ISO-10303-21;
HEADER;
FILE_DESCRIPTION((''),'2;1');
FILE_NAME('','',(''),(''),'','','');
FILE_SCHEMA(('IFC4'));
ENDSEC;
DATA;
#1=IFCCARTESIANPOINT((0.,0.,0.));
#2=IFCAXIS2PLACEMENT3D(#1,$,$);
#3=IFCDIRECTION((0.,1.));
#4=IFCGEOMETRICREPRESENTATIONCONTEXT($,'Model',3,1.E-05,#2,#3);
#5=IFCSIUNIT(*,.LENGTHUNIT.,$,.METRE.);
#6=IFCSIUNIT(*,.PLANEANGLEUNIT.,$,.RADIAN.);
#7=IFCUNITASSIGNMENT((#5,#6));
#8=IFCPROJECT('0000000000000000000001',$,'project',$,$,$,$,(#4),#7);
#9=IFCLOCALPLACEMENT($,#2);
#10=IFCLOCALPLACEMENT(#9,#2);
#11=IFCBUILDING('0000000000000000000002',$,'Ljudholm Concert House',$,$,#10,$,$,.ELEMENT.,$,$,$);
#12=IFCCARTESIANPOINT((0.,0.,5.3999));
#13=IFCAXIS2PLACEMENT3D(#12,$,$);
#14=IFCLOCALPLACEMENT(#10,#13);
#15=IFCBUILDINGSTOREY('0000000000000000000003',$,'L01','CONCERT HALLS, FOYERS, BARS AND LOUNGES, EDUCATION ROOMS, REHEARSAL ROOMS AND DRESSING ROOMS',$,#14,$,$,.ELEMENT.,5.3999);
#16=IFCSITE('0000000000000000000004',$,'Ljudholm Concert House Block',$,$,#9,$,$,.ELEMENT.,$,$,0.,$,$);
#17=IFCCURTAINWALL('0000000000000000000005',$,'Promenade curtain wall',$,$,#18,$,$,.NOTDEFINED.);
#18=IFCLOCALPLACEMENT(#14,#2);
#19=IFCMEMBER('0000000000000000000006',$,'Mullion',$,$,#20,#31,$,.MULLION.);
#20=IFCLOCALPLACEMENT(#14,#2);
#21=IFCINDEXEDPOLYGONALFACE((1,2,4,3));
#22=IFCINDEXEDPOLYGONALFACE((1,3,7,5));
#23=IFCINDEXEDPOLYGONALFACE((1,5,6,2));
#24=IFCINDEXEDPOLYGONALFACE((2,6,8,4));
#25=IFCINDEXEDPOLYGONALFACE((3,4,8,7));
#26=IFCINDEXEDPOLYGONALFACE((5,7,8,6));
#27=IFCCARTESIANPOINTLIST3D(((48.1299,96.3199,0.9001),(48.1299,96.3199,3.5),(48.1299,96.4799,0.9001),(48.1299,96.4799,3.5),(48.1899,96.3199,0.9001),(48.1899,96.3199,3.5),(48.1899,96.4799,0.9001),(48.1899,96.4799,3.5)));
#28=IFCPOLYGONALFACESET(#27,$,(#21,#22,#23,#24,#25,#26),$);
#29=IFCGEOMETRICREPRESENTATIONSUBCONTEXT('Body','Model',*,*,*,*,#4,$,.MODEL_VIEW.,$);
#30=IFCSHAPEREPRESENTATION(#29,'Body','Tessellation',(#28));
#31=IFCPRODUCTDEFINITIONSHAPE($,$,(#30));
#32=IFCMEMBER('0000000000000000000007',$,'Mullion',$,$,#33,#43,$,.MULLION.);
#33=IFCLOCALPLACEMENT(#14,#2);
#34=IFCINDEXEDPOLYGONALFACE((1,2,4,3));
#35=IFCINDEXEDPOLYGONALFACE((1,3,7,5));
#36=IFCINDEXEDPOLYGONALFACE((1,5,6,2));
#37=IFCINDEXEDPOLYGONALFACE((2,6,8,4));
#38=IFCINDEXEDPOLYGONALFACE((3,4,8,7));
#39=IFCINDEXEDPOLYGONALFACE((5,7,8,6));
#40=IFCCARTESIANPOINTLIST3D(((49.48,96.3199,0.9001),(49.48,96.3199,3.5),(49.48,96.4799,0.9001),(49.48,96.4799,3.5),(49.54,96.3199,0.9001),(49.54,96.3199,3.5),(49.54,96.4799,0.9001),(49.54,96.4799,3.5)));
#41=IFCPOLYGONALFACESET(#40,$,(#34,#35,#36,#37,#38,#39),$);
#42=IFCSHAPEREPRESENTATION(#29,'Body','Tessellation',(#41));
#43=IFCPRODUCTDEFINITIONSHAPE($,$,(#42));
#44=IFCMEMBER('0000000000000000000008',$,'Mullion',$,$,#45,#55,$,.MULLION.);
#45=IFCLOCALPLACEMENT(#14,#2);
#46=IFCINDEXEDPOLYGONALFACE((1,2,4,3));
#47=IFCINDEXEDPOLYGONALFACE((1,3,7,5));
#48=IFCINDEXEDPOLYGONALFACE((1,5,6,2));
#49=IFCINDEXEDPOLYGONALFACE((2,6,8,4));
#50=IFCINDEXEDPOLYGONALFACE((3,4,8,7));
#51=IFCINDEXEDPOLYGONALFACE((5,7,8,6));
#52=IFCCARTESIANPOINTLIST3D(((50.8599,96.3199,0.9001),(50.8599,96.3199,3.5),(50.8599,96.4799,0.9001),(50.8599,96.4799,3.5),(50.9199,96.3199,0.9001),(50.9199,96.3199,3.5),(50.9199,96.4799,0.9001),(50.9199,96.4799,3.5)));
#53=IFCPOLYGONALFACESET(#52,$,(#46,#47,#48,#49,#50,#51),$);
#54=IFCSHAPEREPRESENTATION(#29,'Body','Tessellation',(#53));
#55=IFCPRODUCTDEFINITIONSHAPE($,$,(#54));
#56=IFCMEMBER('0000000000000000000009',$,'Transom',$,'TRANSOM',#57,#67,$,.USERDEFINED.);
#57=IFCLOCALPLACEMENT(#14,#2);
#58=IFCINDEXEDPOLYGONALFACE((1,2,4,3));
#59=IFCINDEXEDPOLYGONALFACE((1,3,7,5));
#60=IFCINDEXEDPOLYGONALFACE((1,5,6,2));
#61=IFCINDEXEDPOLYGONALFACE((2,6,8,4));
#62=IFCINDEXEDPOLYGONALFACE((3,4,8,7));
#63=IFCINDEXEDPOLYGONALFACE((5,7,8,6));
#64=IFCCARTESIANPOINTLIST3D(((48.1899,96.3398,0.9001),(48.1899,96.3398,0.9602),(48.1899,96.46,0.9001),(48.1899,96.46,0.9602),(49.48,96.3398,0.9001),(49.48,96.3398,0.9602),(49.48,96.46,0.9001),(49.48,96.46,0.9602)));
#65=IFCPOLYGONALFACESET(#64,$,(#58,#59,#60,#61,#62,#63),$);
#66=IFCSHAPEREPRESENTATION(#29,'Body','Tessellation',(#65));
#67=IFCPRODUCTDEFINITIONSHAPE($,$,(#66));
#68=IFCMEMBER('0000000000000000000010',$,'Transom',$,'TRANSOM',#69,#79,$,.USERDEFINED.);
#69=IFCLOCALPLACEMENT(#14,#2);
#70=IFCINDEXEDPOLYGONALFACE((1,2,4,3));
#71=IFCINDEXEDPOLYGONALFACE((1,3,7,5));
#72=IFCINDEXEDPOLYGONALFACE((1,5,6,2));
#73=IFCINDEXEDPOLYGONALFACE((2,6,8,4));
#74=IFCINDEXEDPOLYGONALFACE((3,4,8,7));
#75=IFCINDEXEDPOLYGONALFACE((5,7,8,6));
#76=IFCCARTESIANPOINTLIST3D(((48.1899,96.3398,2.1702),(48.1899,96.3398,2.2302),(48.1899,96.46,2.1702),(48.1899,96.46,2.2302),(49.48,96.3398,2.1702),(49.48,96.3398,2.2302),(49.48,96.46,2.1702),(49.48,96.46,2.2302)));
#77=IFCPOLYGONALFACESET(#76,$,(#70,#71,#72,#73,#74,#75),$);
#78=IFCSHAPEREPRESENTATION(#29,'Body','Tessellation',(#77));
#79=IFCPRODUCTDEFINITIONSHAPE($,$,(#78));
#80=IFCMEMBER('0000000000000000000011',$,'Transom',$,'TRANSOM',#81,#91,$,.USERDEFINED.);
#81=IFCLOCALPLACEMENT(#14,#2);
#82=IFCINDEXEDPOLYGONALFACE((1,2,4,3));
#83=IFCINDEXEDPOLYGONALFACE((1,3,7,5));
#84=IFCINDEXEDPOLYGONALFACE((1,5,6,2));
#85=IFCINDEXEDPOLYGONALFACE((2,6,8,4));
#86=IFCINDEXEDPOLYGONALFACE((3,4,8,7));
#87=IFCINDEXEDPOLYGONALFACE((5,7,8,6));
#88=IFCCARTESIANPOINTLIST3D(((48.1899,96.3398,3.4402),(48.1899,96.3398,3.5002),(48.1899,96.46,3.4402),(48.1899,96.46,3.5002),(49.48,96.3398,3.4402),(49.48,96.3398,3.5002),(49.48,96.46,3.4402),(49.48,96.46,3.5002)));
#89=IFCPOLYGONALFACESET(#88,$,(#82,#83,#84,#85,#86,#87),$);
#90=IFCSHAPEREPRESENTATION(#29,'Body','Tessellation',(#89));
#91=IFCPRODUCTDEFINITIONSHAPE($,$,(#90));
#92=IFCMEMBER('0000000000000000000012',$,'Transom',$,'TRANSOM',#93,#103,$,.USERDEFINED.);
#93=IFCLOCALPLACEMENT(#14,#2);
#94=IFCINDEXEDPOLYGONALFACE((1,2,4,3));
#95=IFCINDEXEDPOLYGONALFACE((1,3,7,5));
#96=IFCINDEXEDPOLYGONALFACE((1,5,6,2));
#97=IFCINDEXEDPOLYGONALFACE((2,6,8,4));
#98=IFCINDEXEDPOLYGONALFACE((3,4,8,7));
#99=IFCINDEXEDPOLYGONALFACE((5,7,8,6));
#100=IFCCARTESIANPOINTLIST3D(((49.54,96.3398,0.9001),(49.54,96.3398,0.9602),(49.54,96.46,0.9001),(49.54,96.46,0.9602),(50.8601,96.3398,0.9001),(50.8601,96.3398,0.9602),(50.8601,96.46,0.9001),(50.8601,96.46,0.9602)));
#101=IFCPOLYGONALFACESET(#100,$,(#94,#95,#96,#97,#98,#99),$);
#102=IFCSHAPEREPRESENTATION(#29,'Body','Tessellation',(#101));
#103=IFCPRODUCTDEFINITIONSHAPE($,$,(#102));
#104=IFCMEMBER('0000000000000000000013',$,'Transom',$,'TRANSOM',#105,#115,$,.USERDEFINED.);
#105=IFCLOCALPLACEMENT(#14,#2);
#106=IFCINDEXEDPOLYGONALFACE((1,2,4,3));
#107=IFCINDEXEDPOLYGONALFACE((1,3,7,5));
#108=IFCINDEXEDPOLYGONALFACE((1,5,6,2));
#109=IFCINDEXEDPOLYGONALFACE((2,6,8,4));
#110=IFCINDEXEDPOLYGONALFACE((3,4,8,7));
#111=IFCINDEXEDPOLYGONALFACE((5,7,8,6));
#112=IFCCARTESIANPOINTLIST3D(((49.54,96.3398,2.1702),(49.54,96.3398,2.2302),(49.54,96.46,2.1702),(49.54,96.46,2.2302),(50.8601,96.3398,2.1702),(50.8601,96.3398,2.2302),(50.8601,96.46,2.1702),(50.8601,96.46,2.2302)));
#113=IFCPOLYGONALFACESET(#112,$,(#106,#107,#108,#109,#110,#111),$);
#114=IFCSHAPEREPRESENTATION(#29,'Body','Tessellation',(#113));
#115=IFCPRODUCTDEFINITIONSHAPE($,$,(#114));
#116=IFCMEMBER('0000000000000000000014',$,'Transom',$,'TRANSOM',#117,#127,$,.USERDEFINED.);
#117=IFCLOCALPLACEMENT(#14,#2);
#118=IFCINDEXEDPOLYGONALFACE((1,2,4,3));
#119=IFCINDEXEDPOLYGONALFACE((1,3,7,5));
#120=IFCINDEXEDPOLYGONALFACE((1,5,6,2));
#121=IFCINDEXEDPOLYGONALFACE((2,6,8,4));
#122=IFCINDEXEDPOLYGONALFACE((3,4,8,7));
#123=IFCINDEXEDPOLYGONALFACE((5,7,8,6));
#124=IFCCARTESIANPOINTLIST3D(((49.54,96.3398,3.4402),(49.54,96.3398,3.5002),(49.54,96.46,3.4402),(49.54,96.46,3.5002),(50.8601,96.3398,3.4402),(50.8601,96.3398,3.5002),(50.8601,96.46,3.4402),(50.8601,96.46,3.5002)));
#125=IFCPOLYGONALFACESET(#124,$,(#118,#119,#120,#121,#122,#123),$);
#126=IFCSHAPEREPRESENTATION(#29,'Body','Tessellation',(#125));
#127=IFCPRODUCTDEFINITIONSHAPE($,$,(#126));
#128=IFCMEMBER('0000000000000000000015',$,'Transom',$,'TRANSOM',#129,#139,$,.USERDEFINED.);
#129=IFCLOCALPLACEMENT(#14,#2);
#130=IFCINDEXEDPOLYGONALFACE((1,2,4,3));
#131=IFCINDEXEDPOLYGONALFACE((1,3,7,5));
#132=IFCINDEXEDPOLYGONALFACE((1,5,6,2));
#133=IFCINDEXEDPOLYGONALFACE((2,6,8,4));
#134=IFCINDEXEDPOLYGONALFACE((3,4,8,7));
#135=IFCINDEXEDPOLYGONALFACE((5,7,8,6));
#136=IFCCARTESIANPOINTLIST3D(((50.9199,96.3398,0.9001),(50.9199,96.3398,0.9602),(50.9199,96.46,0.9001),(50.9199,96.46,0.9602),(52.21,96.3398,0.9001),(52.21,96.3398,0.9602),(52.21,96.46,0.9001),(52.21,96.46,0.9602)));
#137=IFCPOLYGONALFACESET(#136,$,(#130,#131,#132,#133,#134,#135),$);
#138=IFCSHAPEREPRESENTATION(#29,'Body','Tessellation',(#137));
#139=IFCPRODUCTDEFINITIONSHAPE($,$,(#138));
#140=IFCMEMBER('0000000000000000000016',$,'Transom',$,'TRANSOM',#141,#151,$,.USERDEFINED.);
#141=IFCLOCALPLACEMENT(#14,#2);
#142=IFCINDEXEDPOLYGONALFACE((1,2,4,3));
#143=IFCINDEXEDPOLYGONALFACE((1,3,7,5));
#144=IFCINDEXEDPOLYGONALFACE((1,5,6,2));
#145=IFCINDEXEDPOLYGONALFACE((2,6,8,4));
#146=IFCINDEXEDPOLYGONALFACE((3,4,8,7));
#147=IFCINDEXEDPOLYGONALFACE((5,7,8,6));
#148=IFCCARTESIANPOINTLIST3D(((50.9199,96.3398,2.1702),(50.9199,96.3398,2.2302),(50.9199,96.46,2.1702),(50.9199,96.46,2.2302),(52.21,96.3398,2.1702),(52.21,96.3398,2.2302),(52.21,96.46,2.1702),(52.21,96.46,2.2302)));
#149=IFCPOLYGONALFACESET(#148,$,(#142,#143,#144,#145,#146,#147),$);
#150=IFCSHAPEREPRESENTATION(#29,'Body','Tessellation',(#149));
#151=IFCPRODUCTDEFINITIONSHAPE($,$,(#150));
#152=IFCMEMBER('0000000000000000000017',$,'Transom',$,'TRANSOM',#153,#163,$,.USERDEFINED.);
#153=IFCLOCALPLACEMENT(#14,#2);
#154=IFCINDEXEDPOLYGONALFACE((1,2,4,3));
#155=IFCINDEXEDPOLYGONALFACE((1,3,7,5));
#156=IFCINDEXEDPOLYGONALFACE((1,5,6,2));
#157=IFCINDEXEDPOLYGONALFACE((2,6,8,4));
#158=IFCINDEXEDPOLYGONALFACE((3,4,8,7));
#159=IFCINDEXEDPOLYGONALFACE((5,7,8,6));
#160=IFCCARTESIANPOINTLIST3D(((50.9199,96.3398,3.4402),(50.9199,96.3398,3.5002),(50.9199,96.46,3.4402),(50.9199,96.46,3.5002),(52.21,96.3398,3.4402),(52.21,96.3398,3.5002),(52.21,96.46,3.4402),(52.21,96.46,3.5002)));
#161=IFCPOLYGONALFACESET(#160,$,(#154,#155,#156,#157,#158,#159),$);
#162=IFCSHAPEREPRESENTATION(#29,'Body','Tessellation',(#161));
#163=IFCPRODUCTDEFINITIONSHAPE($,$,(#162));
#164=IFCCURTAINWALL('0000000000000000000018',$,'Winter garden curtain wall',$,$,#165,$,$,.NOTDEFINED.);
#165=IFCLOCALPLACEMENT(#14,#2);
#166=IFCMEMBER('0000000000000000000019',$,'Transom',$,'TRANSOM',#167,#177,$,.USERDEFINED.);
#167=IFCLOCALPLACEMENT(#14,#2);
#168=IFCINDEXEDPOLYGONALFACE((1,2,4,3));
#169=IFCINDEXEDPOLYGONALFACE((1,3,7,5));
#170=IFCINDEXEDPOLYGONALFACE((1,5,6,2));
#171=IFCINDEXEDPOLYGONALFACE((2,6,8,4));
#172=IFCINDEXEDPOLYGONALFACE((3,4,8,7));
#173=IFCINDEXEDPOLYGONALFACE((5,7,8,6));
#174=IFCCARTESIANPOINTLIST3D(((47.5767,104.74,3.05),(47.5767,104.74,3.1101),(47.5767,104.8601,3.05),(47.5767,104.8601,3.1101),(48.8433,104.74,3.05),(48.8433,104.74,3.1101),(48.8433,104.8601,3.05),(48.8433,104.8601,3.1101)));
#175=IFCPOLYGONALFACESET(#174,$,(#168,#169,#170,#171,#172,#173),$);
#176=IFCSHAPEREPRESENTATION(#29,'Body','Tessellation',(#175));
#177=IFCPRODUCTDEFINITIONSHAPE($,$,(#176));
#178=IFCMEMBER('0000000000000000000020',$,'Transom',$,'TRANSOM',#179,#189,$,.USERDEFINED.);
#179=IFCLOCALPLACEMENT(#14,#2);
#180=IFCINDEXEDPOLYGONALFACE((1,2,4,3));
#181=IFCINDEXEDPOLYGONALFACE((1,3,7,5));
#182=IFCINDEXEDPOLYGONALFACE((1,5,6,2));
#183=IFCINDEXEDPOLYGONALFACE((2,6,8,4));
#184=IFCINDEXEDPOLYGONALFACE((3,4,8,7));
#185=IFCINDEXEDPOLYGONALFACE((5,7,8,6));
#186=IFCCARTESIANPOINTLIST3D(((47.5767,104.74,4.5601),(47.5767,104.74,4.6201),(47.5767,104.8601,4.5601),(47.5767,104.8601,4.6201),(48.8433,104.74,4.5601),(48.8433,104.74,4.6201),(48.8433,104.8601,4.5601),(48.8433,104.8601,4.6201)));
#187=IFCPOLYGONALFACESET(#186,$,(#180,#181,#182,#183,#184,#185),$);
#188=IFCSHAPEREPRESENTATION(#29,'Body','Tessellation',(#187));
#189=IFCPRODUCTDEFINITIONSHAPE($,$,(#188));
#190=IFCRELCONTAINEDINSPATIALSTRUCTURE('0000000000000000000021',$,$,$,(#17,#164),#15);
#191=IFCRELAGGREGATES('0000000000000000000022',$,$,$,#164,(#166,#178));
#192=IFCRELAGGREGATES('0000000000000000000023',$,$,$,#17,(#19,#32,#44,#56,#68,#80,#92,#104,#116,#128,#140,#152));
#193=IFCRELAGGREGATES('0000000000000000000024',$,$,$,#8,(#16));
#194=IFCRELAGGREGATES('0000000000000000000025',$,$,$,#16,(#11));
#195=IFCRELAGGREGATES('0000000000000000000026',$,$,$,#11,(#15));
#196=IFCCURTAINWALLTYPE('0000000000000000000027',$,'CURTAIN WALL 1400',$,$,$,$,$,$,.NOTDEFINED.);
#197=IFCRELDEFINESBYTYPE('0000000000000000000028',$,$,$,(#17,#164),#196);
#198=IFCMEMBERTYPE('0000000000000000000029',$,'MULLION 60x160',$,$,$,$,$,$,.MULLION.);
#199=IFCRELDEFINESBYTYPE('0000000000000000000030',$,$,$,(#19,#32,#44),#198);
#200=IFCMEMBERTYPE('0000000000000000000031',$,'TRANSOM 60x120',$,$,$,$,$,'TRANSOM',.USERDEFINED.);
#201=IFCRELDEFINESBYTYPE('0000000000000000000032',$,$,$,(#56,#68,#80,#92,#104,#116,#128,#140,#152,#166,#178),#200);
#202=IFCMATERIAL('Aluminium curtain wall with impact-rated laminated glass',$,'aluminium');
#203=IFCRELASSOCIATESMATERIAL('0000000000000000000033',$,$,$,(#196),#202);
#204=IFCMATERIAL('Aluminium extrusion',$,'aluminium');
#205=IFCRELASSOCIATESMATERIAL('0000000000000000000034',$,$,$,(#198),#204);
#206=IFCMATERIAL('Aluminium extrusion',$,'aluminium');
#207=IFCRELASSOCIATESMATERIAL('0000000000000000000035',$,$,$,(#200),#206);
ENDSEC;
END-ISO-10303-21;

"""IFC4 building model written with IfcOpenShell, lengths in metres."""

from ifc_helpers import new_model, si_unit, direction, frame, origin, origin_2d, place, context, subcontext, project, spatial, rectangle, extrude, material, material_profile, profile_set, type_object, element, aggregate, save


model = new_model("IFC4")

# Units and contexts
model_context = context("Model", 3, precision=1e-05, world=origin(), true_north=direction((0.0, 1.0)))
body_context = subcontext(model_context, "Body", "Model", "MODEL_VIEW")
ifc_project = project(units=[si_unit("LENGTHUNIT", "METRE"), si_unit("PLANEANGLEUNIT", "RADIAN")], contexts=[model_context])

# Site, building, storey
site_placement = place(None, origin())
site = spatial("IfcSite", under=ifc_project, at=site_placement, Name="Ljudholm Concert House Block", CompositionType="ELEMENT", RefElevation=0.0)
building_placement = place(site_placement, origin())
building = spatial("IfcBuilding", under=site, at=building_placement, Name="Ljudholm Concert House", CompositionType="ELEMENT")
storey_placement = place(building_placement, frame((0.0, 0.0, 5.3999)))
storey = spatial("IfcBuildingStorey", under=building, at=storey_placement, Name="L01", Description="CONCERT HALLS, FOYERS, BARS AND LOUNGES, EDUCATION ROOMS, REHEARSAL ROOMS AND DRESSING ROOMS", CompositionType="ELEMENT", Elevation=5.3999)

# Curtain walls, members
ifc_material_1 = material(Name="Aluminium curtain wall with impact-rated laminated glass", Category="aluminium")
curtain_wall_type = type_object("IfcCurtainWallType", Name="CURTAIN WALL 1400", PredefinedType="NOTDEFINED", material=ifc_material_1)
curtain_wall_1_placement = place(storey_placement, origin())
curtain_wall_1 = element("IfcCurtainWall", 1, at=curtain_wall_1_placement, inside=storey, type_object=curtain_wall_type, Name="Promenade curtain wall", PredefinedType="NOTDEFINED")
ifc_material_2 = material(Name="Aluminium extrusion", Category="aluminium")
ifc_material_profile_1 = material_profile(ifc_material_2, rectangle(XDim=0.1599, YDim=0.0601, at=origin_2d()), Name="MULLION 60x160")
ifc_profile_set_1 = profile_set([ifc_material_profile_1], Name="Aluminium extrusion")
member_type_1 = type_object("IfcMemberType", Name="MULLION 60x160", PredefinedType="MULLION", material=ifc_profile_set_1)
member_1_placement = place(storey_placement, frame((48.1599, 96.3999, 0.9001), z_axis=(0.0, 0.0, 1.0), x_axis=(0.0, 1.0, 0.0)))
member_1 = element("IfcMember", 2, at=member_1_placement, type_object=member_type_1, Name="Mullion", PredefinedType="MULLION", context=body_context, shape_type="SweptSolid", body=[
    extrude(rectangle(XDim=0.1599, YDim=0.0601, at=origin_2d()), origin(), (0.0, 0.0, 1.0), 2.5999),
])
member_2_placement = place(storey_placement, frame((49.51, 96.3999, 0.9001), z_axis=(0.0, 0.0, 1.0), x_axis=(0.0, 1.0, 0.0)))
member_2 = element("IfcMember", 3, at=member_2_placement, type_object=member_type_1, Name="Mullion", PredefinedType="MULLION", context=body_context, shape_type="SweptSolid", body=[
    extrude(rectangle(XDim=0.1599, YDim=0.0601, at=origin_2d()), origin(), (0.0, 0.0, 1.0), 2.5999),
])
member_3_placement = place(storey_placement, frame((50.8899, 96.3999, 0.9001), z_axis=(0.0, 0.0, 1.0), x_axis=(0.0, 1.0, 0.0)))
member_3 = element("IfcMember", 4, at=member_3_placement, type_object=member_type_1, Name="Mullion", PredefinedType="MULLION", context=body_context, shape_type="SweptSolid", body=[
    extrude(rectangle(XDim=0.1599, YDim=0.0601, at=origin_2d()), origin(), (0.0, 0.0, 1.0), 2.5999),
])
ifc_material_3 = material(Name="Aluminium extrusion", Category="aluminium")
ifc_material_profile_2 = material_profile(ifc_material_3, rectangle(XDim=0.1201, YDim=0.0601, at=origin_2d()), Name="TRANSOM 60x120")
ifc_profile_set_2 = profile_set([ifc_material_profile_2], Name="Aluminium extrusion")
member_type_2 = type_object("IfcMemberType", Name="TRANSOM 60x120", ElementType="TRANSOM", PredefinedType="USERDEFINED", material=ifc_profile_set_2)
member_4_placement = place(storey_placement, frame((48.1899, 96.3999, 0.9302), z_axis=(1.0, 0.0, 0.0), x_axis=(0.0, 1.0, 0.0)))
member_4 = element("IfcMember", 5, at=member_4_placement, type_object=member_type_2, Name="Transom", ObjectType="TRANSOM", PredefinedType="USERDEFINED", context=body_context, shape_type="SweptSolid", body=[
    extrude(rectangle(XDim=0.1201, YDim=0.0601, at=origin_2d()), origin(), (0.0, 0.0, 1.0), 1.29),
])
member_5_placement = place(storey_placement, frame((48.1899, 96.3999, 2.2002), z_axis=(1.0, 0.0, 0.0), x_axis=(0.0, 1.0, 0.0)))
member_5 = element("IfcMember", 6, at=member_5_placement, type_object=member_type_2, Name="Transom", ObjectType="TRANSOM", PredefinedType="USERDEFINED", context=body_context, shape_type="SweptSolid", body=[
    extrude(rectangle(XDim=0.1201, YDim=0.0601, at=origin_2d()), origin(), (0.0, 0.0, 1.0), 1.29),
])
member_6_placement = place(storey_placement, frame((48.1899, 96.3999, 3.4702), z_axis=(1.0, 0.0, 0.0), x_axis=(0.0, 1.0, 0.0)))
member_6 = element("IfcMember", 7, at=member_6_placement, type_object=member_type_2, Name="Transom", ObjectType="TRANSOM", PredefinedType="USERDEFINED", context=body_context, shape_type="SweptSolid", body=[
    extrude(rectangle(XDim=0.1201, YDim=0.0601, at=origin_2d()), origin(), (0.0, 0.0, 1.0), 1.29),
])
member_7_placement = place(storey_placement, frame((49.54, 96.3999, 0.9302), z_axis=(1.0, 0.0, 0.0), x_axis=(0.0, 1.0, 0.0)))
member_7 = element("IfcMember", 8, at=member_7_placement, type_object=member_type_2, Name="Transom", ObjectType="TRANSOM", PredefinedType="USERDEFINED", context=body_context, shape_type="SweptSolid", body=[
    extrude(rectangle(XDim=0.1201, YDim=0.0601, at=origin_2d()), origin(), (0.0, 0.0, 1.0), 1.3201),
])
member_8_placement = place(storey_placement, frame((49.54, 96.3999, 2.2002), z_axis=(1.0, 0.0, 0.0), x_axis=(0.0, 1.0, 0.0)))
member_8 = element("IfcMember", 9, at=member_8_placement, type_object=member_type_2, Name="Transom", ObjectType="TRANSOM", PredefinedType="USERDEFINED", context=body_context, shape_type="SweptSolid", body=[
    extrude(rectangle(XDim=0.1201, YDim=0.0601, at=origin_2d()), origin(), (0.0, 0.0, 1.0), 1.3201),
])
member_9_placement = place(storey_placement, frame((49.54, 96.3999, 3.4702), z_axis=(1.0, 0.0, 0.0), x_axis=(0.0, 1.0, 0.0)))
member_9 = element("IfcMember", 10, at=member_9_placement, type_object=member_type_2, Name="Transom", ObjectType="TRANSOM", PredefinedType="USERDEFINED", context=body_context, shape_type="SweptSolid", body=[
    extrude(rectangle(XDim=0.1201, YDim=0.0601, at=origin_2d()), origin(), (0.0, 0.0, 1.0), 1.3201),
])
member_10_placement = place(storey_placement, frame((50.9199, 96.3999, 0.9302), z_axis=(1.0, 0.0, 0.0), x_axis=(0.0, 1.0, 0.0)))
member_10 = element("IfcMember", 11, at=member_10_placement, type_object=member_type_2, Name="Transom", ObjectType="TRANSOM", PredefinedType="USERDEFINED", context=body_context, shape_type="SweptSolid", body=[
    extrude(rectangle(XDim=0.1201, YDim=0.0601, at=origin_2d()), origin(), (0.0, 0.0, 1.0), 1.29),
])
member_11_placement = place(storey_placement, frame((50.9199, 96.3999, 2.2002), z_axis=(1.0, 0.0, 0.0), x_axis=(0.0, 1.0, 0.0)))
member_11 = element("IfcMember", 12, at=member_11_placement, type_object=member_type_2, Name="Transom", ObjectType="TRANSOM", PredefinedType="USERDEFINED", context=body_context, shape_type="SweptSolid", body=[
    extrude(rectangle(XDim=0.1201, YDim=0.0601, at=origin_2d()), origin(), (0.0, 0.0, 1.0), 1.29),
])
member_12_placement = place(storey_placement, frame((50.9199, 96.3999, 3.4702), z_axis=(1.0, 0.0, 0.0), x_axis=(0.0, 1.0, 0.0)))
member_12 = element("IfcMember", 13, at=member_12_placement, type_object=member_type_2, Name="Transom", ObjectType="TRANSOM", PredefinedType="USERDEFINED", context=body_context, shape_type="SweptSolid", body=[
    extrude(rectangle(XDim=0.1201, YDim=0.0601, at=origin_2d()), origin(), (0.0, 0.0, 1.0), 1.29),
])
curtain_wall_2_placement = place(storey_placement, origin())
curtain_wall_2 = element("IfcCurtainWall", 14, at=curtain_wall_2_placement, inside=storey, type_object=curtain_wall_type, Name="Winter garden curtain wall", PredefinedType="NOTDEFINED")
member_13_placement = place(storey_placement, frame((47.5767, 104.8, 3.0801), z_axis=(1.0, 0.0, 0.0), x_axis=(0.0, 1.0, 0.0)))
member_13 = element("IfcMember", 15, at=member_13_placement, type_object=member_type_2, Name="Transom", ObjectType="TRANSOM", PredefinedType="USERDEFINED", context=body_context, shape_type="SweptSolid", body=[
    extrude(rectangle(XDim=0.1201, YDim=0.0601, at=origin_2d()), origin(), (0.0, 0.0, 1.0), 1.2666),
])
member_14_placement = place(storey_placement, frame((47.5767, 104.8, 4.5901), z_axis=(1.0, 0.0, 0.0), x_axis=(0.0, 1.0, 0.0)))
member_14 = element("IfcMember", 16, at=member_14_placement, type_object=member_type_2, Name="Transom", ObjectType="TRANSOM", PredefinedType="USERDEFINED", context=body_context, shape_type="SweptSolid", body=[
    extrude(rectangle(XDim=0.1201, YDim=0.0601, at=origin_2d()), origin(), (0.0, 0.0, 1.0), 1.2666),
])
aggregate(curtain_wall_2, [member_13, member_14])

aggregate(curtain_wall_1, [member_1, member_2, member_3, member_4, member_5, member_6, member_7, member_8, member_9, member_10, member_11, member_12])

save(model, "model.ifc")
